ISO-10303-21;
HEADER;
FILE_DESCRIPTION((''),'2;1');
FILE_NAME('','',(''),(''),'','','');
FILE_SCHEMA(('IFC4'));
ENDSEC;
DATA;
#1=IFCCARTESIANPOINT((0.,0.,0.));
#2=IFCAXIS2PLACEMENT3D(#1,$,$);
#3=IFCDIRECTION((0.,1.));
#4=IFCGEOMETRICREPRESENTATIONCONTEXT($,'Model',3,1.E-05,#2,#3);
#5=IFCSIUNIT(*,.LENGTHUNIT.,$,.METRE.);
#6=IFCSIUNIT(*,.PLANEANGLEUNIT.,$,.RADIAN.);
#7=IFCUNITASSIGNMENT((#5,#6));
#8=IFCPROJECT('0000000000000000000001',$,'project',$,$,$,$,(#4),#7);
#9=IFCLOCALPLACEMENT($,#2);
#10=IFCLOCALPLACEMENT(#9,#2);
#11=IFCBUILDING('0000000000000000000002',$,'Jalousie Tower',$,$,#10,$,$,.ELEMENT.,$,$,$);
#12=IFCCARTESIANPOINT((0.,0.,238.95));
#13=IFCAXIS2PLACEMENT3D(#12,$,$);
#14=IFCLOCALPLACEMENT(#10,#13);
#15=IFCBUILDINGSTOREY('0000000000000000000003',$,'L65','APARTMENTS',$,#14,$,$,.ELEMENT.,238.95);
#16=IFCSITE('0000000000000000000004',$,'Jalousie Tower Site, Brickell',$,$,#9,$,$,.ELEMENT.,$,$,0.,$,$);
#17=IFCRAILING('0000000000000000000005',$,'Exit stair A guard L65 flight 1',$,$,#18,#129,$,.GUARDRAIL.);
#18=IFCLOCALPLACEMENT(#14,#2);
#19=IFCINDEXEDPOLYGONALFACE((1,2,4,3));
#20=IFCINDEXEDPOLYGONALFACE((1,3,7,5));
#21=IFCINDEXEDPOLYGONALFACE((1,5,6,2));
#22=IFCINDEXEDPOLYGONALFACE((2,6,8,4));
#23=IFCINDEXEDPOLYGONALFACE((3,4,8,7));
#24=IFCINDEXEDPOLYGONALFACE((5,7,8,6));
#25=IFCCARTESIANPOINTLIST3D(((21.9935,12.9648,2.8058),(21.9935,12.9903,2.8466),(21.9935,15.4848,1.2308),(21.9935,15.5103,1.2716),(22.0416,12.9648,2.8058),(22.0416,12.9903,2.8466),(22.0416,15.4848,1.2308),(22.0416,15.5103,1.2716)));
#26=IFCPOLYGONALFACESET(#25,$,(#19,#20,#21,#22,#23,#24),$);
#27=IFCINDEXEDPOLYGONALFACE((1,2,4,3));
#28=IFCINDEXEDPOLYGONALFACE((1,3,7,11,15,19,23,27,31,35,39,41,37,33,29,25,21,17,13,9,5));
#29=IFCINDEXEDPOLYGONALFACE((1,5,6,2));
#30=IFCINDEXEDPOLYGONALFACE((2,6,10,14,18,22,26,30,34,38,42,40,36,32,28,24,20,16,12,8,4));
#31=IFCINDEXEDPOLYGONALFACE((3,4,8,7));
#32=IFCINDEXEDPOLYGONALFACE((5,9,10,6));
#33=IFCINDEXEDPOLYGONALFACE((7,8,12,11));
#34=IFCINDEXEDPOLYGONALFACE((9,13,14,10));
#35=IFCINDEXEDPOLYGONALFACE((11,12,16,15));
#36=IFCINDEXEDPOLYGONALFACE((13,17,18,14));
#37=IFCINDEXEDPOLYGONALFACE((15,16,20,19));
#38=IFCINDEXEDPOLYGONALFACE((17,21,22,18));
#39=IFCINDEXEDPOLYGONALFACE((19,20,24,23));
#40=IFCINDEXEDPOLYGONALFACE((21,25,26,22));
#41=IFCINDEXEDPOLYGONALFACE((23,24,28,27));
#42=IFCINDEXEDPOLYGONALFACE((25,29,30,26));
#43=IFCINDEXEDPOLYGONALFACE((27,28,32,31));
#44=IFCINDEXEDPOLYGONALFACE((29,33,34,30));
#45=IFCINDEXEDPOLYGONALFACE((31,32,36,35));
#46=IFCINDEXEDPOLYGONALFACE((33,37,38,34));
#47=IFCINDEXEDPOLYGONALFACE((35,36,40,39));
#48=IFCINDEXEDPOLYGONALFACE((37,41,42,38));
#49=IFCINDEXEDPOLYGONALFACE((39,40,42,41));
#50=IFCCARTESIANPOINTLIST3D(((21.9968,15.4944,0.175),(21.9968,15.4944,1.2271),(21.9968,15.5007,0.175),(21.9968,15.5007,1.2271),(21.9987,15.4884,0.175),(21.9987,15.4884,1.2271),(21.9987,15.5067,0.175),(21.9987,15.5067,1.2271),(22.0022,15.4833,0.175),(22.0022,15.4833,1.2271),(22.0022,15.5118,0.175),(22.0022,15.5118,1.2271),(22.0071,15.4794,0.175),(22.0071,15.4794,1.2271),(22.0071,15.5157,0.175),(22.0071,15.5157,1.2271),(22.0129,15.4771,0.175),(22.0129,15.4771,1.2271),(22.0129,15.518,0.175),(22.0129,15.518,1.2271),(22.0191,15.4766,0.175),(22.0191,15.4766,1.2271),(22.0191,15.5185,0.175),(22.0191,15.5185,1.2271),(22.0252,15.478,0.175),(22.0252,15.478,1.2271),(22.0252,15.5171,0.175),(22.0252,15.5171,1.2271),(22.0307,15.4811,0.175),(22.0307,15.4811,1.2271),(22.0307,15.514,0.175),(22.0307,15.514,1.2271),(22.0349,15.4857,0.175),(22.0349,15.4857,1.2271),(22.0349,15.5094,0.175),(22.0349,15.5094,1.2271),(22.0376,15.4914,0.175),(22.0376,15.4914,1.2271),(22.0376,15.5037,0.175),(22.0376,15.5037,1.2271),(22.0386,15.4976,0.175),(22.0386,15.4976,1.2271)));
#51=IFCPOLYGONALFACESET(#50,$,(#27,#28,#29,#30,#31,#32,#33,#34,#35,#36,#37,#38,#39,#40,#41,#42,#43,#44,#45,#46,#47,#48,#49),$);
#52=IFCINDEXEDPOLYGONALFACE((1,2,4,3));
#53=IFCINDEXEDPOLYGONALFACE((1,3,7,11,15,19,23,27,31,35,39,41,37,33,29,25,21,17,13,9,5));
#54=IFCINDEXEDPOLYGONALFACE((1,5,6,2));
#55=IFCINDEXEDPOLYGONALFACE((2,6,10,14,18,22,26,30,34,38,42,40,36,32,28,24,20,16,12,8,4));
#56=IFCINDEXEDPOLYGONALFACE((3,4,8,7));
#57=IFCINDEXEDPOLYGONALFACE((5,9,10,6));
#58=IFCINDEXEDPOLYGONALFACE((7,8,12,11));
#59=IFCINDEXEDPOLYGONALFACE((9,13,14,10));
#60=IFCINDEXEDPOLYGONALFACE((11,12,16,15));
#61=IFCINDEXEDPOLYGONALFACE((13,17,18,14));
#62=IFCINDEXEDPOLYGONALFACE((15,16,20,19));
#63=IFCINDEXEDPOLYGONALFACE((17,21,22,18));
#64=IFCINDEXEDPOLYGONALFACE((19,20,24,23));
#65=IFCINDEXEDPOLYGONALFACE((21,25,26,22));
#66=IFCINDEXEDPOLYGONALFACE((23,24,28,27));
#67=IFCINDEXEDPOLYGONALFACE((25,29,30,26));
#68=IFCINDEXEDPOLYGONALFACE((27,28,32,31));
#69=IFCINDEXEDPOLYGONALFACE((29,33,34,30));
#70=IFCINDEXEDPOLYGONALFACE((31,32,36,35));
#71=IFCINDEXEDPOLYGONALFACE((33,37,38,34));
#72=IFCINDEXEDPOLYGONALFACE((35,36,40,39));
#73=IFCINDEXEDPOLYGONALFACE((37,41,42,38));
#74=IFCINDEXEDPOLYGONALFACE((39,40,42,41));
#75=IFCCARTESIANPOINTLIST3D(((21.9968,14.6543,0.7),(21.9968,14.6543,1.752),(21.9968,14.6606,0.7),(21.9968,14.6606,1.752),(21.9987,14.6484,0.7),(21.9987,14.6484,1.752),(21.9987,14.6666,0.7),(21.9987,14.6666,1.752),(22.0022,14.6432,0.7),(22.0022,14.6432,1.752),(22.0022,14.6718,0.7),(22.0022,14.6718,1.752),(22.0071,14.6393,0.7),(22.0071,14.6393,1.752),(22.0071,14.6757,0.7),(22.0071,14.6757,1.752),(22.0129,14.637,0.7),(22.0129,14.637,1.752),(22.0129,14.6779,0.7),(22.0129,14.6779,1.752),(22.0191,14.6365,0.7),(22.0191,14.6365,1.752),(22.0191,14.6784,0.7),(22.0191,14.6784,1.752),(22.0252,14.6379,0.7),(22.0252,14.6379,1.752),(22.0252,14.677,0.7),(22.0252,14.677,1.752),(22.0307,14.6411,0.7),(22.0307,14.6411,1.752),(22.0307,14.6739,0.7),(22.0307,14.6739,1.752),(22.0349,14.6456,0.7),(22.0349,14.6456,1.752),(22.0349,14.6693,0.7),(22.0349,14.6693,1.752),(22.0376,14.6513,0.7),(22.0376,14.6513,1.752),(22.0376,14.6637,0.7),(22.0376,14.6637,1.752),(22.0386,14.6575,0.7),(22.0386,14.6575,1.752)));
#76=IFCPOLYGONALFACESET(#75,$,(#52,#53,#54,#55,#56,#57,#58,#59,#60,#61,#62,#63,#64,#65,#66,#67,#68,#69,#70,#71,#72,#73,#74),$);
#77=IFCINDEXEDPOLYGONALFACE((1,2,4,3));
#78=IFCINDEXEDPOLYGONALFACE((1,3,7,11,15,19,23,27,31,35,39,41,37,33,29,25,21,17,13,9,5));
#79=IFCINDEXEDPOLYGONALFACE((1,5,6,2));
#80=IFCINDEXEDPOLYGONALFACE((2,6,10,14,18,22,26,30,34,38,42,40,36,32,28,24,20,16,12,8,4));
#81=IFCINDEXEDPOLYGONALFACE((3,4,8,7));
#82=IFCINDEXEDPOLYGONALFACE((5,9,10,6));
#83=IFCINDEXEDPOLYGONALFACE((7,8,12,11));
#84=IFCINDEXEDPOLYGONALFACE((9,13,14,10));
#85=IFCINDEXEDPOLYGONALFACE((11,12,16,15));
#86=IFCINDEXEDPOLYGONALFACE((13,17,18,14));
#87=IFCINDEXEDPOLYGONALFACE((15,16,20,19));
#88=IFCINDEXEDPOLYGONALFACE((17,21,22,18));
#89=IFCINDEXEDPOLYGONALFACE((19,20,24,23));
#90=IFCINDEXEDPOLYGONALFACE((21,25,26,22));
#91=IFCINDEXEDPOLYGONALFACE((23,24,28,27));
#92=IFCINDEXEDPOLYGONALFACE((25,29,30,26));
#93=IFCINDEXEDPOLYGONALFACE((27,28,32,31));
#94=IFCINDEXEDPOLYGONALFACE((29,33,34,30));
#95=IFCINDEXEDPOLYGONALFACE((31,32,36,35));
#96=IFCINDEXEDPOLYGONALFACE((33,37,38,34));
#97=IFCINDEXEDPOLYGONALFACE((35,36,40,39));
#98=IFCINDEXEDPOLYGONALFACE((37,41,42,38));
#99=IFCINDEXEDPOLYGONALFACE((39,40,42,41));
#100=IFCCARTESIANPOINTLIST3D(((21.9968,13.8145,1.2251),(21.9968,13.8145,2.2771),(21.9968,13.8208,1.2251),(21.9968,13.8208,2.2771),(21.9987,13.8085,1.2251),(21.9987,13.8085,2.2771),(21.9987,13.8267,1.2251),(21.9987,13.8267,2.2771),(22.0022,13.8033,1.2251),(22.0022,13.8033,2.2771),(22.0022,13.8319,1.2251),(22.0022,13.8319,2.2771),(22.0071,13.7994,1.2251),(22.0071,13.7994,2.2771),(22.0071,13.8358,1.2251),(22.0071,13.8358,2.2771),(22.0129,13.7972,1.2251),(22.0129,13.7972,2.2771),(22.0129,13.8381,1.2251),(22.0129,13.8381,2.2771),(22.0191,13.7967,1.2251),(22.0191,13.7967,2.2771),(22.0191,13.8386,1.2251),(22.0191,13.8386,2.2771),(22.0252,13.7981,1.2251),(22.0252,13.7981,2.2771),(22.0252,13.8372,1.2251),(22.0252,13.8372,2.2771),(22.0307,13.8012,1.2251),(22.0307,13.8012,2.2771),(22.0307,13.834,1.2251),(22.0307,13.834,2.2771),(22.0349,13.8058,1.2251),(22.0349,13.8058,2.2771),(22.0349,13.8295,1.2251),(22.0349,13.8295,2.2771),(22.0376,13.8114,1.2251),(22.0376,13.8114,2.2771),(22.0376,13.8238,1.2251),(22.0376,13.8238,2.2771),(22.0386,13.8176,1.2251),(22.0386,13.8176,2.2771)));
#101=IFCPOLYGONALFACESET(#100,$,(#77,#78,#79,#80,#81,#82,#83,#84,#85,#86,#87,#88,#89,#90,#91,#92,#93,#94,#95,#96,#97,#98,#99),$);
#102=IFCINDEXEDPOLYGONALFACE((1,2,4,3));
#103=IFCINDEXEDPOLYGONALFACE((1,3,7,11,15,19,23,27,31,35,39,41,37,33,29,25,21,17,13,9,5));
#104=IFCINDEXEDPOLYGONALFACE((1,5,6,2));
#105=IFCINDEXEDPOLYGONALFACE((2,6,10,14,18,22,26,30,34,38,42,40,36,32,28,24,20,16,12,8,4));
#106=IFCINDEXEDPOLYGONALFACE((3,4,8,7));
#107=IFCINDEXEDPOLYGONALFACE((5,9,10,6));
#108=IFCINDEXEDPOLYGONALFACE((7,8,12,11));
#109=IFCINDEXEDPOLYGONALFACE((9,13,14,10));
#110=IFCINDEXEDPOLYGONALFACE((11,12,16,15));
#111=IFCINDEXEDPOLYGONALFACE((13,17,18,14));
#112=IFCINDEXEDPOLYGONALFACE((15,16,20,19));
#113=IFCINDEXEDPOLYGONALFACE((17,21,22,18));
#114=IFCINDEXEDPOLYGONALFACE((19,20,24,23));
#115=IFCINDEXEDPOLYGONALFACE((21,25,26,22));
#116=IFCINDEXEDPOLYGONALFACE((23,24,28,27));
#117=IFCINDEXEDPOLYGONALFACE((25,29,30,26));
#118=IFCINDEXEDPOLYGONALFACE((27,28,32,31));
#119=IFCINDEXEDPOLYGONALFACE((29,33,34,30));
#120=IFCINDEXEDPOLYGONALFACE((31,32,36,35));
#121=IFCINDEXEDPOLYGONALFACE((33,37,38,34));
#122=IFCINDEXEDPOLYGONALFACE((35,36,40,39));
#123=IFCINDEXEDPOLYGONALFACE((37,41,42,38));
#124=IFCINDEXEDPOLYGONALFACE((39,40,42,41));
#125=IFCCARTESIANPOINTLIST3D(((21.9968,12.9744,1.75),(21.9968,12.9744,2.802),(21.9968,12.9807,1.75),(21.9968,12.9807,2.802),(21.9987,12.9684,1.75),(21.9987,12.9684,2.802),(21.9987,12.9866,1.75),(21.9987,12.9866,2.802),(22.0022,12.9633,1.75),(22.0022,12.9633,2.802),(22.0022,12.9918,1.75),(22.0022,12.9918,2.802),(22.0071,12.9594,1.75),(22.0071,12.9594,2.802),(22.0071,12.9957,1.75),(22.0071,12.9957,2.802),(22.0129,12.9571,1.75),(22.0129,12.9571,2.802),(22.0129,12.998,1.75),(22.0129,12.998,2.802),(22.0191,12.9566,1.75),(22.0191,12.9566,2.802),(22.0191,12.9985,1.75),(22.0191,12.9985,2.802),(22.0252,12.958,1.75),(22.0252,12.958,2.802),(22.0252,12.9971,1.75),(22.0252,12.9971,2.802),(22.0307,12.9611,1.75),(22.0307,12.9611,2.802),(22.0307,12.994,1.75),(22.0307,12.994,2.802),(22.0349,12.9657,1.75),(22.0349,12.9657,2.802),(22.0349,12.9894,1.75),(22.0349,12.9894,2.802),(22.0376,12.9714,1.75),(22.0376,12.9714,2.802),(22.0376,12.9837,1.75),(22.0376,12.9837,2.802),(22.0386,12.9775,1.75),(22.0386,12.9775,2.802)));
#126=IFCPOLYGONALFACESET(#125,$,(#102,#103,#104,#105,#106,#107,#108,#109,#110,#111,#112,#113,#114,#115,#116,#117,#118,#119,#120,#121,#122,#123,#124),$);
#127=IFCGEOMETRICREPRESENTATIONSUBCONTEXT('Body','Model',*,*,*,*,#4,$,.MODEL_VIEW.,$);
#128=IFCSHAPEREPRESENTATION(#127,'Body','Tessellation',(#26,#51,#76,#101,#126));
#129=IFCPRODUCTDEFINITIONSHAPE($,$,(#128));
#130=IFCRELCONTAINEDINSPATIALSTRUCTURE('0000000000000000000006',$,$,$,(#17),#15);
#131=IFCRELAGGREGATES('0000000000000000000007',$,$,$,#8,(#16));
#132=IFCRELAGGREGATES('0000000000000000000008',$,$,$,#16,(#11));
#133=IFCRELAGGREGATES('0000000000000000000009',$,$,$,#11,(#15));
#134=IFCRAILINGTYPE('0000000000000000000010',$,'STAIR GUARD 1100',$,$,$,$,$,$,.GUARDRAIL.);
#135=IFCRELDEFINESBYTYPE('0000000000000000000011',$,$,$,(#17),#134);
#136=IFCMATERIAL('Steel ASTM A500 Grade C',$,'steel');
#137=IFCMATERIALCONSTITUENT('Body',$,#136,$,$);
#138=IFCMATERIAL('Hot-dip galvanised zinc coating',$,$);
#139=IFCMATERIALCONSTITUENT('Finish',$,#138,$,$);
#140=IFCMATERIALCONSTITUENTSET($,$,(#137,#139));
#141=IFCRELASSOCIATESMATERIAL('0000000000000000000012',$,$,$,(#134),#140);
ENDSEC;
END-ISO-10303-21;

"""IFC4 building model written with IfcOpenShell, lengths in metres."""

from ifc_helpers import new_model, si_unit, direction, frame, origin, origin_2d, place, context, subcontext, project, spatial, rectangle, circle, extrude, material, constituent, constituent_set, type_object, element, save


model = new_model("IFC4")

# Units and contexts
model_context = context("Model", 3, precision=1e-05, world=origin(), true_north=direction((0.0, 1.0)))
body_context = subcontext(model_context, "Body", "Model", "MODEL_VIEW")
ifc_project = project(units=[si_unit("LENGTHUNIT", "METRE"), si_unit("PLANEANGLEUNIT", "RADIAN")], contexts=[model_context])

# Site, building, storey
site_placement = place(None, origin())
site = spatial("IfcSite", under=ifc_project, at=site_placement, Name="Jalousie Tower Site, Brickell", CompositionType="ELEMENT", RefElevation=0.0)
building_placement = place(site_placement, origin())
building = spatial("IfcBuilding", under=site, at=building_placement, Name="Jalousie Tower", CompositionType="ELEMENT")
storey_placement = place(building_placement, frame((0.0, 0.0, 238.95)))
storey = spatial("IfcBuildingStorey", under=building, at=storey_placement, Name="L65", Description="APARTMENTS", CompositionType="ELEMENT", Elevation=238.95)

# Railing
ifc_material_1 = material(Name="Steel ASTM A500 Grade C", Category="steel")
ifc_constituent_1 = constituent(ifc_material_1, Name="Body")
ifc_material_2 = material(Name="Hot-dip galvanised zinc coating")
ifc_constituent_2 = constituent(ifc_material_2, Name="Finish")
ifc_constituent_set_1 = constituent_set(constituents=[ifc_constituent_1, ifc_constituent_2])
railing_type_1 = type_object("IfcRailingType", Name="STAIR GUARD 1100", PredefinedType="GUARDRAIL", material=ifc_constituent_set_1)
railing_1_placement = place(storey_placement, frame((22.0176, 15.4976, 0.175)))
element("IfcRailing", 1, at=railing_1_placement, inside=storey, type_object=railing_type_1, Name="Exit stair A guard L65 flight 1", PredefinedType="GUARDRAIL", context=body_context, shape_type="SweptSolid", body=[
    extrude(rectangle(XDim=0.0481, YDim=0.0481, at=origin_2d()), frame((0.0, 0.0, 1.0762), z_axis=(0.0, -0.848008, 0.529984), x_axis=(1.0, 0.0, 0.0)), (0.0, 0.0, 1.0), 2.9717),
    extrude(circle(Radius=0.021, at=origin_2d()), origin(), (0.0, 0.0, 1.0), 1.052),
    extrude(circle(Radius=0.021, at=origin_2d()), frame((0.0, -0.8401, 0.5249)), (0.0, 0.0, 1.0), 1.052),
    extrude(circle(Radius=0.021, at=origin_2d()), frame((0.0, -1.6799, 1.05)), (0.0, 0.0, 1.0), 1.052),
    extrude(circle(Radius=0.021, at=origin_2d()), frame((0.0, -2.52, 1.575)), (0.0, 0.0, 1.0), 1.052),
])

save(model, "model.ifc")
